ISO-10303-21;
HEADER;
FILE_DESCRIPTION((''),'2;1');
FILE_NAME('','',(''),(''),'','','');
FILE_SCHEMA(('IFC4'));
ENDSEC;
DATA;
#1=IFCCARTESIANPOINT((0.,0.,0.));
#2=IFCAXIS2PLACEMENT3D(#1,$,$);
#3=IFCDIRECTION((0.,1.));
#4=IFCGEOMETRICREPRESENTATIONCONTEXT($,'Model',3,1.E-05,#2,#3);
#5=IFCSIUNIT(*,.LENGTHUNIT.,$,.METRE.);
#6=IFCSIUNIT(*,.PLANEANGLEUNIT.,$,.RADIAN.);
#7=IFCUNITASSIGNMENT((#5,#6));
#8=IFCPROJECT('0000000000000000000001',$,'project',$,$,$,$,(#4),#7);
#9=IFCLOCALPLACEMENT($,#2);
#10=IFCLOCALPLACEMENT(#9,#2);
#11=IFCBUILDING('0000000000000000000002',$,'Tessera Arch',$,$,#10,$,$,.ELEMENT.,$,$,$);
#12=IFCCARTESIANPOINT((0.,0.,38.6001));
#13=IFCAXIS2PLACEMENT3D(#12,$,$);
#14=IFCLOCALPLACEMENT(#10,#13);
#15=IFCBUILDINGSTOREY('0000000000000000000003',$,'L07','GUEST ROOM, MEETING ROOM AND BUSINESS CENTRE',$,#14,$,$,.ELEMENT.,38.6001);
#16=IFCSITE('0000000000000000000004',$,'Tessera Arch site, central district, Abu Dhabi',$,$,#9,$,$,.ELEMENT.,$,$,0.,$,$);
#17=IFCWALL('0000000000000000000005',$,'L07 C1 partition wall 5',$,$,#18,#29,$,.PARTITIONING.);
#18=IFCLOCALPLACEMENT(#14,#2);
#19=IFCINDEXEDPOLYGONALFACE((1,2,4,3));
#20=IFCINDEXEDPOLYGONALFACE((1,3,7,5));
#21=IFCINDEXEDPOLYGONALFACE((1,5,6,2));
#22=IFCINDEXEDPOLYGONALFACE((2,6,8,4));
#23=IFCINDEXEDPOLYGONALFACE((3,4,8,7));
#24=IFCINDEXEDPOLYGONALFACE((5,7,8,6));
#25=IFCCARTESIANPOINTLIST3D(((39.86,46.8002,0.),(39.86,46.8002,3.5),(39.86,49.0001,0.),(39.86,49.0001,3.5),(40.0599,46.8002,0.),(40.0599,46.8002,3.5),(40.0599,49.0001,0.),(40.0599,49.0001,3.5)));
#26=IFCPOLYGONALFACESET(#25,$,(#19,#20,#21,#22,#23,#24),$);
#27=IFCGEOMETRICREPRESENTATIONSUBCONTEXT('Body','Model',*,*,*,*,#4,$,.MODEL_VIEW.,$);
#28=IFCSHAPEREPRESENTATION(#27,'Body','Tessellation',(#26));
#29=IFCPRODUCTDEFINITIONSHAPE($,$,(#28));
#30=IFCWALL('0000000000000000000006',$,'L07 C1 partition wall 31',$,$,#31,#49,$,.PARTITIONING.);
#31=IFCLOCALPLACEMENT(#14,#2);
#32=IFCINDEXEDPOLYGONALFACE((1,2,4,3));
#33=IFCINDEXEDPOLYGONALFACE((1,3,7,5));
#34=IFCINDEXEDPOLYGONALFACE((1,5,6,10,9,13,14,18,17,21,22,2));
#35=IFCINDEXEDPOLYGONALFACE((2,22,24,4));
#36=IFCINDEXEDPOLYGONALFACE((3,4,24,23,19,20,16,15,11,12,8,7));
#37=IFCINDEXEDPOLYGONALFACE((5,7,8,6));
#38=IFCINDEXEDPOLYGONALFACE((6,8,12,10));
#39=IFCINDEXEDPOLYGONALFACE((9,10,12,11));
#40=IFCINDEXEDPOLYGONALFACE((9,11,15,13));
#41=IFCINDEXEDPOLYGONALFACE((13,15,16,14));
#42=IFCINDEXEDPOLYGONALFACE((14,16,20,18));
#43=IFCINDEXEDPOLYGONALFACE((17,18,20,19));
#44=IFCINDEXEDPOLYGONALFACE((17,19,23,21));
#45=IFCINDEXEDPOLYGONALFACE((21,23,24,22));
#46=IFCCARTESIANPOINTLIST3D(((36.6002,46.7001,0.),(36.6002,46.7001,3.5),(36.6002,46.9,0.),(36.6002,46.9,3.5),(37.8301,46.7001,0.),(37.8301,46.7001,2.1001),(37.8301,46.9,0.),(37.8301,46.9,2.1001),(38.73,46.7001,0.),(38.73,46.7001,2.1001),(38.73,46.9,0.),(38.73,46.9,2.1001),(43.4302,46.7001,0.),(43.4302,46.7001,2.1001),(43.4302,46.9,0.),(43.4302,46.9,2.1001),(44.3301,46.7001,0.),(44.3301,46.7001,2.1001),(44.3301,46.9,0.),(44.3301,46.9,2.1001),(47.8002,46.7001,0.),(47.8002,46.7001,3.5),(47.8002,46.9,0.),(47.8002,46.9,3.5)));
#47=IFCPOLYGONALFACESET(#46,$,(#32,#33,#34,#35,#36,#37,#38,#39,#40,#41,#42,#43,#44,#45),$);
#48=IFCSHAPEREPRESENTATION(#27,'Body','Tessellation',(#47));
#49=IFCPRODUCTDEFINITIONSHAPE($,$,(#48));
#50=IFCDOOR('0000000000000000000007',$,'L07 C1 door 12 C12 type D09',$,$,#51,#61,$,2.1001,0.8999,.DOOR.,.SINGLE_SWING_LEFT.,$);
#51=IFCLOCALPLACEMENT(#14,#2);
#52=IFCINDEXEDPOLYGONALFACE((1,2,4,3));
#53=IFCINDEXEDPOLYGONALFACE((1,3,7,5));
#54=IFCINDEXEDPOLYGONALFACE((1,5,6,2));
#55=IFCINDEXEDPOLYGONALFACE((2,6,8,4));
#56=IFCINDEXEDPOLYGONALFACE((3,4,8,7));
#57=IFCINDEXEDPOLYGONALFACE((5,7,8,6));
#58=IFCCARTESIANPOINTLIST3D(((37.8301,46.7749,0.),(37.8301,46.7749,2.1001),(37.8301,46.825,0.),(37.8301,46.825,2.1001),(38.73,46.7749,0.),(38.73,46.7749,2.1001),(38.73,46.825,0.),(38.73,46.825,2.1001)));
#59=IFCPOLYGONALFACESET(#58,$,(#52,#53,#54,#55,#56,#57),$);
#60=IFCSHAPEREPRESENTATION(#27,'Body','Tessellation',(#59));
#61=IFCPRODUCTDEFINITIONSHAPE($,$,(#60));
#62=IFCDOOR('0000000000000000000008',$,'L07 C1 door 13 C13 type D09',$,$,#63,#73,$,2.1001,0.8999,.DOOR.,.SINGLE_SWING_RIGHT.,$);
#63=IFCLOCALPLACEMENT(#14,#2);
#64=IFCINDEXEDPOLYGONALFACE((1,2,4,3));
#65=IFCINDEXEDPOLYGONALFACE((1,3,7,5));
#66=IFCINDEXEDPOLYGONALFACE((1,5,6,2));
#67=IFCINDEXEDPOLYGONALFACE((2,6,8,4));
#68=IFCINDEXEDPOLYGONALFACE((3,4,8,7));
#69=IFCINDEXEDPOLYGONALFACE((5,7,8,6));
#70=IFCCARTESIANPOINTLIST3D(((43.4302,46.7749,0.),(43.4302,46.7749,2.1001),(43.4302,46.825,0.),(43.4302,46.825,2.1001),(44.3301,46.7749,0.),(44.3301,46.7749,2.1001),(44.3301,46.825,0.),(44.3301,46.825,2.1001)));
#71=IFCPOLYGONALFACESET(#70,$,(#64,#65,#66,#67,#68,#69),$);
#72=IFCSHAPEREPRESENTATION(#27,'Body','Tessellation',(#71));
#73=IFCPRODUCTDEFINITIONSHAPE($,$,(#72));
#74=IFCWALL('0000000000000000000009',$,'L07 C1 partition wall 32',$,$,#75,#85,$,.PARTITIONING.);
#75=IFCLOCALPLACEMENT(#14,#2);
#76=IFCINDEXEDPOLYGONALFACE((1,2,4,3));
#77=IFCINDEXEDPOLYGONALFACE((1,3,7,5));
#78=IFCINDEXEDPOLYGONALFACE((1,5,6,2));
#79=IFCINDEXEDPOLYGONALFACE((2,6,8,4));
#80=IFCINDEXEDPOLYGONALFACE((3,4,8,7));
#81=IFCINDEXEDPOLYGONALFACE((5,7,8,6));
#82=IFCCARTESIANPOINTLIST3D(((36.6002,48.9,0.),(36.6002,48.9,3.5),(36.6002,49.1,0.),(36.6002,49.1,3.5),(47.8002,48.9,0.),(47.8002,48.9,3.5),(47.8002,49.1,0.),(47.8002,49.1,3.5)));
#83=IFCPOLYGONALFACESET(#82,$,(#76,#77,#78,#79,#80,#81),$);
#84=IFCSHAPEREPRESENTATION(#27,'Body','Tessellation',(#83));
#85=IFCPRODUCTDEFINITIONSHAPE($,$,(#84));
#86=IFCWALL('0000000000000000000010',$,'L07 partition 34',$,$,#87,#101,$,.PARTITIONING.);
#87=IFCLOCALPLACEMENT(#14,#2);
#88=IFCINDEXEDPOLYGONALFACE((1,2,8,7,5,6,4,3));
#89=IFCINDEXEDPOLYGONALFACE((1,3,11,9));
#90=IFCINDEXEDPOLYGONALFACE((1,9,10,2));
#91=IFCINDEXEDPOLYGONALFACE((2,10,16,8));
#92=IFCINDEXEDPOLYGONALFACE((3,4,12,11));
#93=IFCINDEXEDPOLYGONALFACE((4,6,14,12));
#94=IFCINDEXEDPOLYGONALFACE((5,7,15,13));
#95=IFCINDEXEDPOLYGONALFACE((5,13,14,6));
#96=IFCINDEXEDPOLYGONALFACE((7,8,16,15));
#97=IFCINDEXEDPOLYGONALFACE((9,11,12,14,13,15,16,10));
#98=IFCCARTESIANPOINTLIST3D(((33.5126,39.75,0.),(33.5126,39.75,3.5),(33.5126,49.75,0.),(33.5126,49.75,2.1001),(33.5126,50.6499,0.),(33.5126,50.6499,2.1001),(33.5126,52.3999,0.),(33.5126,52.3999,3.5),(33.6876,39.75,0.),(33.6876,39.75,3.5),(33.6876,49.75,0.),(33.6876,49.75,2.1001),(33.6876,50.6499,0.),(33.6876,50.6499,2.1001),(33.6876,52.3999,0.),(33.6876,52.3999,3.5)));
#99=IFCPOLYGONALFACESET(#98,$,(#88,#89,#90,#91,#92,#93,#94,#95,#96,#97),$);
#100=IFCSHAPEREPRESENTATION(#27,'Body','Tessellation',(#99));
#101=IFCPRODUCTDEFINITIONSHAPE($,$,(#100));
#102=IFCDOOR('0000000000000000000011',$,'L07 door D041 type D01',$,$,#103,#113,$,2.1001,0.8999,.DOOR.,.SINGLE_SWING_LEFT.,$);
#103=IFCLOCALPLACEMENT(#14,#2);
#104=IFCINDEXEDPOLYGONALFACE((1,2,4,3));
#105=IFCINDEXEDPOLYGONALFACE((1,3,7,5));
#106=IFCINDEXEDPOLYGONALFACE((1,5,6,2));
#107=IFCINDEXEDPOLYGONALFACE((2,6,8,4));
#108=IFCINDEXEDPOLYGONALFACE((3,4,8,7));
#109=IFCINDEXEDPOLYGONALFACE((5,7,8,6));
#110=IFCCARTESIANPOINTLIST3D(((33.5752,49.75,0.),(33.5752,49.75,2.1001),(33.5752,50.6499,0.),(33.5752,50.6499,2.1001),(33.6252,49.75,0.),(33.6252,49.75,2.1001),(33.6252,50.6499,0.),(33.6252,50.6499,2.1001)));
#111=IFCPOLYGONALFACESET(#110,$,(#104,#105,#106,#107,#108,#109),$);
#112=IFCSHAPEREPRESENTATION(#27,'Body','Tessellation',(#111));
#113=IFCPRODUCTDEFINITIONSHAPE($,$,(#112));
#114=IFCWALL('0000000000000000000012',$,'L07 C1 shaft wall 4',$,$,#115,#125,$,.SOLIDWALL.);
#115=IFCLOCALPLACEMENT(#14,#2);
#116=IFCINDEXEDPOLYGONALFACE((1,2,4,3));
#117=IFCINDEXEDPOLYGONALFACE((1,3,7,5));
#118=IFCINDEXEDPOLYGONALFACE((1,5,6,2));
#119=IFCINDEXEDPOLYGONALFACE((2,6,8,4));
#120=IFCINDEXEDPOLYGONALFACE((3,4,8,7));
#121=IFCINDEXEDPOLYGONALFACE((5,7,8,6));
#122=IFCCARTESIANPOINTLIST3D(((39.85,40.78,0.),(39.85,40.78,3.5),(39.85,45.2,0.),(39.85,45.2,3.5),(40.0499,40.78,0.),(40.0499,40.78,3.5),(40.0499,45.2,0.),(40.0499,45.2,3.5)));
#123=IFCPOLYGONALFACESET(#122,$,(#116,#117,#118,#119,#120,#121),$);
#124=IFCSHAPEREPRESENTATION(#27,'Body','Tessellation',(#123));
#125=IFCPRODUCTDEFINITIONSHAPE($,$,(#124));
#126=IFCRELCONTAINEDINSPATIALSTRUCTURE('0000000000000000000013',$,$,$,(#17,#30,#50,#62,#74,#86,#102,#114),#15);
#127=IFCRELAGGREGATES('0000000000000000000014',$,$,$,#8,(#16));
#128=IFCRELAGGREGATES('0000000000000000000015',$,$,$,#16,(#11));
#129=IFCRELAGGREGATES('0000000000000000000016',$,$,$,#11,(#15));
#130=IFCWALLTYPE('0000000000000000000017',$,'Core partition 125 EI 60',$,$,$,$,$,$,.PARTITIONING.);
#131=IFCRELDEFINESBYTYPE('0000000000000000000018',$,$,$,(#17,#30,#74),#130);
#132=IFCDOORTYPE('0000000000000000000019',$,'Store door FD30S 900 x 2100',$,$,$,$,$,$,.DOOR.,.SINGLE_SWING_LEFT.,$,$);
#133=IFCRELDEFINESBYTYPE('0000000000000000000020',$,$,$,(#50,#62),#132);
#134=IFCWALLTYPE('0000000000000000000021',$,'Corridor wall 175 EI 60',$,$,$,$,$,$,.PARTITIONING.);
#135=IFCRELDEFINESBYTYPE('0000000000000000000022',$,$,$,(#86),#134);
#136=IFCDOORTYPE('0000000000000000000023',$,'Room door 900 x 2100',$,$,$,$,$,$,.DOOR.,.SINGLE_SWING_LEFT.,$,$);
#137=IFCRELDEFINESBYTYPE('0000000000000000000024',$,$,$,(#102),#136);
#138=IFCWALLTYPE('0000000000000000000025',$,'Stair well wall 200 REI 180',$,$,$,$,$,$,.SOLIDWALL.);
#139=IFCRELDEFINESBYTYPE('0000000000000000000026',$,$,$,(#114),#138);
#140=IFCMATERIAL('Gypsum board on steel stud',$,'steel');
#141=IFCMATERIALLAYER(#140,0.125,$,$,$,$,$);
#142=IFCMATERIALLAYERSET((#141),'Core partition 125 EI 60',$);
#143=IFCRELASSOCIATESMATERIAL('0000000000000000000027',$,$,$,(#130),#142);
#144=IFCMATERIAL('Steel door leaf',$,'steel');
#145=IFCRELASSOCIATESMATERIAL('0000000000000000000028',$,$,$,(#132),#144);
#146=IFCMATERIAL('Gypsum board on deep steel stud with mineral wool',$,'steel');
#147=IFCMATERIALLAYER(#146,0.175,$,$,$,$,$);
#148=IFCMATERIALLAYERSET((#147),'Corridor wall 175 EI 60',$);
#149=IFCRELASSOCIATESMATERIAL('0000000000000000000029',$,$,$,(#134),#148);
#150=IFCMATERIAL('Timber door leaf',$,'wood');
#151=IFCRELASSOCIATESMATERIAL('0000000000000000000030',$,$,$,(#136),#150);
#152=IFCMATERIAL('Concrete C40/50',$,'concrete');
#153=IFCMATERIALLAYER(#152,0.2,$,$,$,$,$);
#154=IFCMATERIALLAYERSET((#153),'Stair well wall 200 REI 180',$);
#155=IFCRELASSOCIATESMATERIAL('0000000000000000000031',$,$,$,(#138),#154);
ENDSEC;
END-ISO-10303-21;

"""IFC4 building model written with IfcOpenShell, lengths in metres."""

from ifc_helpers import new_model, si_unit, direction, frame, frame_2d, origin, place, context, subcontext, project, spatial, rectangle, extrude, material, layer, layer_set, type_object, element, fill, save


model = new_model("IFC4")

# Units and contexts
model_context = context("Model", 3, precision=1e-05, world=origin(), true_north=direction((0.0, 1.0)))
body_context = subcontext(model_context, "Body", "Model", "MODEL_VIEW")
ifc_project = project(units=[si_unit("LENGTHUNIT", "METRE"), si_unit("PLANEANGLEUNIT", "RADIAN")], contexts=[model_context])

# Site, building, storey
site_placement = place(None, origin())
site = spatial("IfcSite", under=ifc_project, at=site_placement, Name="Tessera Arch site, central district, Abu Dhabi", CompositionType="ELEMENT", RefElevation=0.0)
building_placement = place(site_placement, origin())
building = spatial("IfcBuilding", under=site, at=building_placement, Name="Tessera Arch", CompositionType="ELEMENT")
storey_placement = place(building_placement, frame((0.0, 0.0, 38.6001)))
storey = spatial("IfcBuildingStorey", under=building, at=storey_placement, Name="L07", Description="GUEST ROOM, MEETING ROOM AND BUSINESS CENTRE", CompositionType="ELEMENT", Elevation=38.6001)

# Wall
ifc_material_1 = material(Name="Gypsum board on steel stud", Category="steel")
ifc_layer_1 = layer(ifc_material_1, 0.125)
ifc_layer_set_1 = layer_set([ifc_layer_1], Name="Core partition 125 EI 60")
wall_type_1 = type_object("IfcWallType", Name="Core partition 125 EI 60", PredefinedType="PARTITIONING", material=ifc_layer_set_1)
wall_1_placement = place(storey_placement, frame((39.96, 46.8, 0.0), z_axis=(0.0, 0.0, 1.0), x_axis=(0.0, 1.0, 0.0)))
element("IfcWall", 1, at=wall_1_placement, inside=storey, type_object=wall_type_1, Name="L07 C1 partition wall 5", PredefinedType="PARTITIONING", context=body_context, shape_type="SweptSolid", body=[
    extrude(rectangle(XDim=2.2, YDim=0.2, at=frame_2d((1.1001, 0.0))), origin(), (0.0, 0.0, 1.0), 3.5),
])

# Wall, openings, doors
wall_2_placement = place(storey_placement, frame((36.6001, 46.8, 0.0), z_axis=(0.0, 0.0, 1.0), x_axis=(1.0, 0.0, 0.0)))
wall_2 = element("IfcWall", 2, at=wall_2_placement, inside=storey, type_object=wall_type_1, Name="L07 C1 partition wall 31", PredefinedType="PARTITIONING", context=body_context, shape_type="SweptSolid", body=[
    extrude(rectangle(XDim=11.2, YDim=0.2, at=frame_2d((5.6001, 0.0))), origin(), (0.0, 0.0, 1.0), 3.5),
])
opening_1_placement = place(wall_2_placement, frame((1.23, 0.0, 0.0)))
opening_1 = element("IfcOpeningElement", 3, at=opening_1_placement, cuts=wall_2, PredefinedType="OPENING", context=body_context, shape_type="SweptSolid", body=[
    extrude(rectangle(XDim=0.8999, YDim=2.1001, at=frame_2d((0.45, 1.05))), frame((0.0, 0.1099, 0.0), z_axis=(0.0, -1.0, 0.0), x_axis=(1.0, 0.0, 0.0)), (0.0, 0.0, 1.0), 0.22),
])
opening_2_placement = place(wall_2_placement, frame((6.8301, 0.0, 0.0)))
opening_2 = element("IfcOpeningElement", 4, at=opening_2_placement, cuts=wall_2, PredefinedType="OPENING", context=body_context, shape_type="SweptSolid", body=[
    extrude(rectangle(XDim=0.8999, YDim=2.1001, at=frame_2d((0.45, 1.05))), frame((0.0, 0.1099, 0.0), z_axis=(0.0, -1.0, 0.0), x_axis=(1.0, 0.0, 0.0)), (0.0, 0.0, 1.0), 0.22),
])
ifc_material_2 = material(Name="Steel door leaf", Category="steel")
door_type_1 = type_object("IfcDoorType", Name="Store door FD30S 900 x 2100", OperationType="SINGLE_SWING_LEFT", PredefinedType="DOOR", material=ifc_material_2)
door_1_placement = place(opening_1_placement, origin())
door_1 = element("IfcDoor", 5, at=door_1_placement, inside=storey, type_object=door_type_1, Name="L07 C1 door 12 C12 type D09", OperationType="SINGLE_SWING_LEFT", OverallHeight=2.1001, OverallWidth=0.8999, PredefinedType="DOOR", context=body_context, shape_type="SweptSolid", body=[
    extrude(rectangle(XDim=0.8999, YDim=2.1001, at=frame_2d((0.45, 1.05))), frame((0.0, 0.0249, 0.0), z_axis=(0.0, -1.0, 0.0), x_axis=(1.0, 0.0, 0.0)), (0.0, 0.0, 1.0), 0.05),
])
fill(opening_1, door_1)
door_2_placement = place(opening_2_placement, origin())
door_2 = element("IfcDoor", 6, at=door_2_placement, inside=storey, type_object=door_type_1, Name="L07 C1 door 13 C13 type D09", OperationType="SINGLE_SWING_RIGHT", OverallHeight=2.1001, OverallWidth=0.8999, PredefinedType="DOOR", context=body_context, shape_type="SweptSolid", body=[
    extrude(rectangle(XDim=0.8999, YDim=2.1001, at=frame_2d((0.45, 1.05))), frame((0.0, 0.0249, 0.0), z_axis=(0.0, -1.0, 0.0), x_axis=(1.0, 0.0, 0.0)), (0.0, 0.0, 1.0), 0.05),
])
fill(opening_2, door_2)

# Wall
wall_3_placement = place(storey_placement, frame((36.6001, 49.0, 0.0), z_axis=(0.0, 0.0, 1.0), x_axis=(1.0, 0.0, 0.0)))
element("IfcWall", 7, at=wall_3_placement, inside=storey, type_object=wall_type_1, Name="L07 C1 partition wall 32", PredefinedType="PARTITIONING", context=body_context, shape_type="SweptSolid", body=[
    extrude(rectangle(XDim=11.2, YDim=0.2, at=frame_2d((5.6001, 0.0))), origin(), (0.0, 0.0, 1.0), 3.5),
])

# Wall, opening, door
ifc_material_3 = material(Name="Gypsum board on deep steel stud with mineral wool", Category="steel")
ifc_layer_2 = layer(ifc_material_3, 0.175)
ifc_layer_set_2 = layer_set([ifc_layer_2], Name="Corridor wall 175 EI 60")
wall_type_2 = type_object("IfcWallType", Name="Corridor wall 175 EI 60", PredefinedType="PARTITIONING", material=ifc_layer_set_2)
wall_4_placement = place(storey_placement, frame((33.6001, 39.75, 0.0), z_axis=(0.0, 0.0, 1.0), x_axis=(0.0, 1.0, 0.0)))
wall_4 = element("IfcWall", 8, at=wall_4_placement, inside=storey, type_object=wall_type_2, Name="L07 partition 34", PredefinedType="PARTITIONING", context=body_context, shape_type="SweptSolid", body=[
    extrude(rectangle(XDim=12.6499, YDim=0.175, at=frame_2d((6.325, 0.0))), origin(), (0.0, 0.0, 1.0), 3.5),
])
opening_3_placement = place(wall_4_placement, frame((10.0, 0.0, 0.0)))
opening_3 = element("IfcOpeningElement", 9, at=opening_3_placement, cuts=wall_4, PredefinedType="OPENING", context=body_context, shape_type="SweptSolid", body=[
    extrude(rectangle(XDim=0.8999, YDim=2.1001, at=frame_2d((0.45, 1.05))), frame((0.0, 0.0974, 0.0), z_axis=(0.0, -1.0, 0.0), x_axis=(1.0, 0.0, 0.0)), (0.0, 0.0, 1.0), 0.1951),
])
ifc_material_4 = material(Name="Timber door leaf", Category="wood")
door_type_2 = type_object("IfcDoorType", Name="Room door 900 x 2100", OperationType="SINGLE_SWING_LEFT", PredefinedType="DOOR", material=ifc_material_4)
door_3_placement = place(opening_3_placement, origin())
door_3 = element("IfcDoor", 10, at=door_3_placement, inside=storey, type_object=door_type_2, Name="L07 door D041 type D01", OperationType="SINGLE_SWING_LEFT", OverallHeight=2.1001, OverallWidth=0.8999, PredefinedType="DOOR", context=body_context, shape_type="SweptSolid", body=[
    extrude(rectangle(XDim=0.8999, YDim=2.1001, at=frame_2d((0.45, 1.05))), frame((0.0, 0.0249, 0.0), z_axis=(0.0, -1.0, 0.0), x_axis=(1.0, 0.0, 0.0)), (0.0, 0.0, 1.0), 0.05),
])
fill(opening_3, door_3)

# Wall
ifc_material_5 = material(Name="Concrete C40/50", Category="concrete")
ifc_layer_3 = layer(ifc_material_5, 0.2)
ifc_layer_set_3 = layer_set([ifc_layer_3], Name="Stair well wall 200 REI 180")
wall_type_3 = type_object("IfcWallType", Name="Stair well wall 200 REI 180", PredefinedType="SOLIDWALL", material=ifc_layer_set_3)
wall_5_placement = place(storey_placement, frame((39.95, 40.78, 0.0), z_axis=(0.0, 0.0, 1.0), x_axis=(0.0, 1.0, 0.0)))
element("IfcWall", 11, at=wall_5_placement, inside=storey, type_object=wall_type_3, Name="L07 C1 shaft wall 4", PredefinedType="SOLIDWALL", context=body_context, shape_type="SweptSolid", body=[
    extrude(rectangle(XDim=4.4199, YDim=0.2, at=frame_2d((2.21, 0.0))), origin(), (0.0, 0.0, 1.0), 3.5),
])

save(model, "model.ifc")
